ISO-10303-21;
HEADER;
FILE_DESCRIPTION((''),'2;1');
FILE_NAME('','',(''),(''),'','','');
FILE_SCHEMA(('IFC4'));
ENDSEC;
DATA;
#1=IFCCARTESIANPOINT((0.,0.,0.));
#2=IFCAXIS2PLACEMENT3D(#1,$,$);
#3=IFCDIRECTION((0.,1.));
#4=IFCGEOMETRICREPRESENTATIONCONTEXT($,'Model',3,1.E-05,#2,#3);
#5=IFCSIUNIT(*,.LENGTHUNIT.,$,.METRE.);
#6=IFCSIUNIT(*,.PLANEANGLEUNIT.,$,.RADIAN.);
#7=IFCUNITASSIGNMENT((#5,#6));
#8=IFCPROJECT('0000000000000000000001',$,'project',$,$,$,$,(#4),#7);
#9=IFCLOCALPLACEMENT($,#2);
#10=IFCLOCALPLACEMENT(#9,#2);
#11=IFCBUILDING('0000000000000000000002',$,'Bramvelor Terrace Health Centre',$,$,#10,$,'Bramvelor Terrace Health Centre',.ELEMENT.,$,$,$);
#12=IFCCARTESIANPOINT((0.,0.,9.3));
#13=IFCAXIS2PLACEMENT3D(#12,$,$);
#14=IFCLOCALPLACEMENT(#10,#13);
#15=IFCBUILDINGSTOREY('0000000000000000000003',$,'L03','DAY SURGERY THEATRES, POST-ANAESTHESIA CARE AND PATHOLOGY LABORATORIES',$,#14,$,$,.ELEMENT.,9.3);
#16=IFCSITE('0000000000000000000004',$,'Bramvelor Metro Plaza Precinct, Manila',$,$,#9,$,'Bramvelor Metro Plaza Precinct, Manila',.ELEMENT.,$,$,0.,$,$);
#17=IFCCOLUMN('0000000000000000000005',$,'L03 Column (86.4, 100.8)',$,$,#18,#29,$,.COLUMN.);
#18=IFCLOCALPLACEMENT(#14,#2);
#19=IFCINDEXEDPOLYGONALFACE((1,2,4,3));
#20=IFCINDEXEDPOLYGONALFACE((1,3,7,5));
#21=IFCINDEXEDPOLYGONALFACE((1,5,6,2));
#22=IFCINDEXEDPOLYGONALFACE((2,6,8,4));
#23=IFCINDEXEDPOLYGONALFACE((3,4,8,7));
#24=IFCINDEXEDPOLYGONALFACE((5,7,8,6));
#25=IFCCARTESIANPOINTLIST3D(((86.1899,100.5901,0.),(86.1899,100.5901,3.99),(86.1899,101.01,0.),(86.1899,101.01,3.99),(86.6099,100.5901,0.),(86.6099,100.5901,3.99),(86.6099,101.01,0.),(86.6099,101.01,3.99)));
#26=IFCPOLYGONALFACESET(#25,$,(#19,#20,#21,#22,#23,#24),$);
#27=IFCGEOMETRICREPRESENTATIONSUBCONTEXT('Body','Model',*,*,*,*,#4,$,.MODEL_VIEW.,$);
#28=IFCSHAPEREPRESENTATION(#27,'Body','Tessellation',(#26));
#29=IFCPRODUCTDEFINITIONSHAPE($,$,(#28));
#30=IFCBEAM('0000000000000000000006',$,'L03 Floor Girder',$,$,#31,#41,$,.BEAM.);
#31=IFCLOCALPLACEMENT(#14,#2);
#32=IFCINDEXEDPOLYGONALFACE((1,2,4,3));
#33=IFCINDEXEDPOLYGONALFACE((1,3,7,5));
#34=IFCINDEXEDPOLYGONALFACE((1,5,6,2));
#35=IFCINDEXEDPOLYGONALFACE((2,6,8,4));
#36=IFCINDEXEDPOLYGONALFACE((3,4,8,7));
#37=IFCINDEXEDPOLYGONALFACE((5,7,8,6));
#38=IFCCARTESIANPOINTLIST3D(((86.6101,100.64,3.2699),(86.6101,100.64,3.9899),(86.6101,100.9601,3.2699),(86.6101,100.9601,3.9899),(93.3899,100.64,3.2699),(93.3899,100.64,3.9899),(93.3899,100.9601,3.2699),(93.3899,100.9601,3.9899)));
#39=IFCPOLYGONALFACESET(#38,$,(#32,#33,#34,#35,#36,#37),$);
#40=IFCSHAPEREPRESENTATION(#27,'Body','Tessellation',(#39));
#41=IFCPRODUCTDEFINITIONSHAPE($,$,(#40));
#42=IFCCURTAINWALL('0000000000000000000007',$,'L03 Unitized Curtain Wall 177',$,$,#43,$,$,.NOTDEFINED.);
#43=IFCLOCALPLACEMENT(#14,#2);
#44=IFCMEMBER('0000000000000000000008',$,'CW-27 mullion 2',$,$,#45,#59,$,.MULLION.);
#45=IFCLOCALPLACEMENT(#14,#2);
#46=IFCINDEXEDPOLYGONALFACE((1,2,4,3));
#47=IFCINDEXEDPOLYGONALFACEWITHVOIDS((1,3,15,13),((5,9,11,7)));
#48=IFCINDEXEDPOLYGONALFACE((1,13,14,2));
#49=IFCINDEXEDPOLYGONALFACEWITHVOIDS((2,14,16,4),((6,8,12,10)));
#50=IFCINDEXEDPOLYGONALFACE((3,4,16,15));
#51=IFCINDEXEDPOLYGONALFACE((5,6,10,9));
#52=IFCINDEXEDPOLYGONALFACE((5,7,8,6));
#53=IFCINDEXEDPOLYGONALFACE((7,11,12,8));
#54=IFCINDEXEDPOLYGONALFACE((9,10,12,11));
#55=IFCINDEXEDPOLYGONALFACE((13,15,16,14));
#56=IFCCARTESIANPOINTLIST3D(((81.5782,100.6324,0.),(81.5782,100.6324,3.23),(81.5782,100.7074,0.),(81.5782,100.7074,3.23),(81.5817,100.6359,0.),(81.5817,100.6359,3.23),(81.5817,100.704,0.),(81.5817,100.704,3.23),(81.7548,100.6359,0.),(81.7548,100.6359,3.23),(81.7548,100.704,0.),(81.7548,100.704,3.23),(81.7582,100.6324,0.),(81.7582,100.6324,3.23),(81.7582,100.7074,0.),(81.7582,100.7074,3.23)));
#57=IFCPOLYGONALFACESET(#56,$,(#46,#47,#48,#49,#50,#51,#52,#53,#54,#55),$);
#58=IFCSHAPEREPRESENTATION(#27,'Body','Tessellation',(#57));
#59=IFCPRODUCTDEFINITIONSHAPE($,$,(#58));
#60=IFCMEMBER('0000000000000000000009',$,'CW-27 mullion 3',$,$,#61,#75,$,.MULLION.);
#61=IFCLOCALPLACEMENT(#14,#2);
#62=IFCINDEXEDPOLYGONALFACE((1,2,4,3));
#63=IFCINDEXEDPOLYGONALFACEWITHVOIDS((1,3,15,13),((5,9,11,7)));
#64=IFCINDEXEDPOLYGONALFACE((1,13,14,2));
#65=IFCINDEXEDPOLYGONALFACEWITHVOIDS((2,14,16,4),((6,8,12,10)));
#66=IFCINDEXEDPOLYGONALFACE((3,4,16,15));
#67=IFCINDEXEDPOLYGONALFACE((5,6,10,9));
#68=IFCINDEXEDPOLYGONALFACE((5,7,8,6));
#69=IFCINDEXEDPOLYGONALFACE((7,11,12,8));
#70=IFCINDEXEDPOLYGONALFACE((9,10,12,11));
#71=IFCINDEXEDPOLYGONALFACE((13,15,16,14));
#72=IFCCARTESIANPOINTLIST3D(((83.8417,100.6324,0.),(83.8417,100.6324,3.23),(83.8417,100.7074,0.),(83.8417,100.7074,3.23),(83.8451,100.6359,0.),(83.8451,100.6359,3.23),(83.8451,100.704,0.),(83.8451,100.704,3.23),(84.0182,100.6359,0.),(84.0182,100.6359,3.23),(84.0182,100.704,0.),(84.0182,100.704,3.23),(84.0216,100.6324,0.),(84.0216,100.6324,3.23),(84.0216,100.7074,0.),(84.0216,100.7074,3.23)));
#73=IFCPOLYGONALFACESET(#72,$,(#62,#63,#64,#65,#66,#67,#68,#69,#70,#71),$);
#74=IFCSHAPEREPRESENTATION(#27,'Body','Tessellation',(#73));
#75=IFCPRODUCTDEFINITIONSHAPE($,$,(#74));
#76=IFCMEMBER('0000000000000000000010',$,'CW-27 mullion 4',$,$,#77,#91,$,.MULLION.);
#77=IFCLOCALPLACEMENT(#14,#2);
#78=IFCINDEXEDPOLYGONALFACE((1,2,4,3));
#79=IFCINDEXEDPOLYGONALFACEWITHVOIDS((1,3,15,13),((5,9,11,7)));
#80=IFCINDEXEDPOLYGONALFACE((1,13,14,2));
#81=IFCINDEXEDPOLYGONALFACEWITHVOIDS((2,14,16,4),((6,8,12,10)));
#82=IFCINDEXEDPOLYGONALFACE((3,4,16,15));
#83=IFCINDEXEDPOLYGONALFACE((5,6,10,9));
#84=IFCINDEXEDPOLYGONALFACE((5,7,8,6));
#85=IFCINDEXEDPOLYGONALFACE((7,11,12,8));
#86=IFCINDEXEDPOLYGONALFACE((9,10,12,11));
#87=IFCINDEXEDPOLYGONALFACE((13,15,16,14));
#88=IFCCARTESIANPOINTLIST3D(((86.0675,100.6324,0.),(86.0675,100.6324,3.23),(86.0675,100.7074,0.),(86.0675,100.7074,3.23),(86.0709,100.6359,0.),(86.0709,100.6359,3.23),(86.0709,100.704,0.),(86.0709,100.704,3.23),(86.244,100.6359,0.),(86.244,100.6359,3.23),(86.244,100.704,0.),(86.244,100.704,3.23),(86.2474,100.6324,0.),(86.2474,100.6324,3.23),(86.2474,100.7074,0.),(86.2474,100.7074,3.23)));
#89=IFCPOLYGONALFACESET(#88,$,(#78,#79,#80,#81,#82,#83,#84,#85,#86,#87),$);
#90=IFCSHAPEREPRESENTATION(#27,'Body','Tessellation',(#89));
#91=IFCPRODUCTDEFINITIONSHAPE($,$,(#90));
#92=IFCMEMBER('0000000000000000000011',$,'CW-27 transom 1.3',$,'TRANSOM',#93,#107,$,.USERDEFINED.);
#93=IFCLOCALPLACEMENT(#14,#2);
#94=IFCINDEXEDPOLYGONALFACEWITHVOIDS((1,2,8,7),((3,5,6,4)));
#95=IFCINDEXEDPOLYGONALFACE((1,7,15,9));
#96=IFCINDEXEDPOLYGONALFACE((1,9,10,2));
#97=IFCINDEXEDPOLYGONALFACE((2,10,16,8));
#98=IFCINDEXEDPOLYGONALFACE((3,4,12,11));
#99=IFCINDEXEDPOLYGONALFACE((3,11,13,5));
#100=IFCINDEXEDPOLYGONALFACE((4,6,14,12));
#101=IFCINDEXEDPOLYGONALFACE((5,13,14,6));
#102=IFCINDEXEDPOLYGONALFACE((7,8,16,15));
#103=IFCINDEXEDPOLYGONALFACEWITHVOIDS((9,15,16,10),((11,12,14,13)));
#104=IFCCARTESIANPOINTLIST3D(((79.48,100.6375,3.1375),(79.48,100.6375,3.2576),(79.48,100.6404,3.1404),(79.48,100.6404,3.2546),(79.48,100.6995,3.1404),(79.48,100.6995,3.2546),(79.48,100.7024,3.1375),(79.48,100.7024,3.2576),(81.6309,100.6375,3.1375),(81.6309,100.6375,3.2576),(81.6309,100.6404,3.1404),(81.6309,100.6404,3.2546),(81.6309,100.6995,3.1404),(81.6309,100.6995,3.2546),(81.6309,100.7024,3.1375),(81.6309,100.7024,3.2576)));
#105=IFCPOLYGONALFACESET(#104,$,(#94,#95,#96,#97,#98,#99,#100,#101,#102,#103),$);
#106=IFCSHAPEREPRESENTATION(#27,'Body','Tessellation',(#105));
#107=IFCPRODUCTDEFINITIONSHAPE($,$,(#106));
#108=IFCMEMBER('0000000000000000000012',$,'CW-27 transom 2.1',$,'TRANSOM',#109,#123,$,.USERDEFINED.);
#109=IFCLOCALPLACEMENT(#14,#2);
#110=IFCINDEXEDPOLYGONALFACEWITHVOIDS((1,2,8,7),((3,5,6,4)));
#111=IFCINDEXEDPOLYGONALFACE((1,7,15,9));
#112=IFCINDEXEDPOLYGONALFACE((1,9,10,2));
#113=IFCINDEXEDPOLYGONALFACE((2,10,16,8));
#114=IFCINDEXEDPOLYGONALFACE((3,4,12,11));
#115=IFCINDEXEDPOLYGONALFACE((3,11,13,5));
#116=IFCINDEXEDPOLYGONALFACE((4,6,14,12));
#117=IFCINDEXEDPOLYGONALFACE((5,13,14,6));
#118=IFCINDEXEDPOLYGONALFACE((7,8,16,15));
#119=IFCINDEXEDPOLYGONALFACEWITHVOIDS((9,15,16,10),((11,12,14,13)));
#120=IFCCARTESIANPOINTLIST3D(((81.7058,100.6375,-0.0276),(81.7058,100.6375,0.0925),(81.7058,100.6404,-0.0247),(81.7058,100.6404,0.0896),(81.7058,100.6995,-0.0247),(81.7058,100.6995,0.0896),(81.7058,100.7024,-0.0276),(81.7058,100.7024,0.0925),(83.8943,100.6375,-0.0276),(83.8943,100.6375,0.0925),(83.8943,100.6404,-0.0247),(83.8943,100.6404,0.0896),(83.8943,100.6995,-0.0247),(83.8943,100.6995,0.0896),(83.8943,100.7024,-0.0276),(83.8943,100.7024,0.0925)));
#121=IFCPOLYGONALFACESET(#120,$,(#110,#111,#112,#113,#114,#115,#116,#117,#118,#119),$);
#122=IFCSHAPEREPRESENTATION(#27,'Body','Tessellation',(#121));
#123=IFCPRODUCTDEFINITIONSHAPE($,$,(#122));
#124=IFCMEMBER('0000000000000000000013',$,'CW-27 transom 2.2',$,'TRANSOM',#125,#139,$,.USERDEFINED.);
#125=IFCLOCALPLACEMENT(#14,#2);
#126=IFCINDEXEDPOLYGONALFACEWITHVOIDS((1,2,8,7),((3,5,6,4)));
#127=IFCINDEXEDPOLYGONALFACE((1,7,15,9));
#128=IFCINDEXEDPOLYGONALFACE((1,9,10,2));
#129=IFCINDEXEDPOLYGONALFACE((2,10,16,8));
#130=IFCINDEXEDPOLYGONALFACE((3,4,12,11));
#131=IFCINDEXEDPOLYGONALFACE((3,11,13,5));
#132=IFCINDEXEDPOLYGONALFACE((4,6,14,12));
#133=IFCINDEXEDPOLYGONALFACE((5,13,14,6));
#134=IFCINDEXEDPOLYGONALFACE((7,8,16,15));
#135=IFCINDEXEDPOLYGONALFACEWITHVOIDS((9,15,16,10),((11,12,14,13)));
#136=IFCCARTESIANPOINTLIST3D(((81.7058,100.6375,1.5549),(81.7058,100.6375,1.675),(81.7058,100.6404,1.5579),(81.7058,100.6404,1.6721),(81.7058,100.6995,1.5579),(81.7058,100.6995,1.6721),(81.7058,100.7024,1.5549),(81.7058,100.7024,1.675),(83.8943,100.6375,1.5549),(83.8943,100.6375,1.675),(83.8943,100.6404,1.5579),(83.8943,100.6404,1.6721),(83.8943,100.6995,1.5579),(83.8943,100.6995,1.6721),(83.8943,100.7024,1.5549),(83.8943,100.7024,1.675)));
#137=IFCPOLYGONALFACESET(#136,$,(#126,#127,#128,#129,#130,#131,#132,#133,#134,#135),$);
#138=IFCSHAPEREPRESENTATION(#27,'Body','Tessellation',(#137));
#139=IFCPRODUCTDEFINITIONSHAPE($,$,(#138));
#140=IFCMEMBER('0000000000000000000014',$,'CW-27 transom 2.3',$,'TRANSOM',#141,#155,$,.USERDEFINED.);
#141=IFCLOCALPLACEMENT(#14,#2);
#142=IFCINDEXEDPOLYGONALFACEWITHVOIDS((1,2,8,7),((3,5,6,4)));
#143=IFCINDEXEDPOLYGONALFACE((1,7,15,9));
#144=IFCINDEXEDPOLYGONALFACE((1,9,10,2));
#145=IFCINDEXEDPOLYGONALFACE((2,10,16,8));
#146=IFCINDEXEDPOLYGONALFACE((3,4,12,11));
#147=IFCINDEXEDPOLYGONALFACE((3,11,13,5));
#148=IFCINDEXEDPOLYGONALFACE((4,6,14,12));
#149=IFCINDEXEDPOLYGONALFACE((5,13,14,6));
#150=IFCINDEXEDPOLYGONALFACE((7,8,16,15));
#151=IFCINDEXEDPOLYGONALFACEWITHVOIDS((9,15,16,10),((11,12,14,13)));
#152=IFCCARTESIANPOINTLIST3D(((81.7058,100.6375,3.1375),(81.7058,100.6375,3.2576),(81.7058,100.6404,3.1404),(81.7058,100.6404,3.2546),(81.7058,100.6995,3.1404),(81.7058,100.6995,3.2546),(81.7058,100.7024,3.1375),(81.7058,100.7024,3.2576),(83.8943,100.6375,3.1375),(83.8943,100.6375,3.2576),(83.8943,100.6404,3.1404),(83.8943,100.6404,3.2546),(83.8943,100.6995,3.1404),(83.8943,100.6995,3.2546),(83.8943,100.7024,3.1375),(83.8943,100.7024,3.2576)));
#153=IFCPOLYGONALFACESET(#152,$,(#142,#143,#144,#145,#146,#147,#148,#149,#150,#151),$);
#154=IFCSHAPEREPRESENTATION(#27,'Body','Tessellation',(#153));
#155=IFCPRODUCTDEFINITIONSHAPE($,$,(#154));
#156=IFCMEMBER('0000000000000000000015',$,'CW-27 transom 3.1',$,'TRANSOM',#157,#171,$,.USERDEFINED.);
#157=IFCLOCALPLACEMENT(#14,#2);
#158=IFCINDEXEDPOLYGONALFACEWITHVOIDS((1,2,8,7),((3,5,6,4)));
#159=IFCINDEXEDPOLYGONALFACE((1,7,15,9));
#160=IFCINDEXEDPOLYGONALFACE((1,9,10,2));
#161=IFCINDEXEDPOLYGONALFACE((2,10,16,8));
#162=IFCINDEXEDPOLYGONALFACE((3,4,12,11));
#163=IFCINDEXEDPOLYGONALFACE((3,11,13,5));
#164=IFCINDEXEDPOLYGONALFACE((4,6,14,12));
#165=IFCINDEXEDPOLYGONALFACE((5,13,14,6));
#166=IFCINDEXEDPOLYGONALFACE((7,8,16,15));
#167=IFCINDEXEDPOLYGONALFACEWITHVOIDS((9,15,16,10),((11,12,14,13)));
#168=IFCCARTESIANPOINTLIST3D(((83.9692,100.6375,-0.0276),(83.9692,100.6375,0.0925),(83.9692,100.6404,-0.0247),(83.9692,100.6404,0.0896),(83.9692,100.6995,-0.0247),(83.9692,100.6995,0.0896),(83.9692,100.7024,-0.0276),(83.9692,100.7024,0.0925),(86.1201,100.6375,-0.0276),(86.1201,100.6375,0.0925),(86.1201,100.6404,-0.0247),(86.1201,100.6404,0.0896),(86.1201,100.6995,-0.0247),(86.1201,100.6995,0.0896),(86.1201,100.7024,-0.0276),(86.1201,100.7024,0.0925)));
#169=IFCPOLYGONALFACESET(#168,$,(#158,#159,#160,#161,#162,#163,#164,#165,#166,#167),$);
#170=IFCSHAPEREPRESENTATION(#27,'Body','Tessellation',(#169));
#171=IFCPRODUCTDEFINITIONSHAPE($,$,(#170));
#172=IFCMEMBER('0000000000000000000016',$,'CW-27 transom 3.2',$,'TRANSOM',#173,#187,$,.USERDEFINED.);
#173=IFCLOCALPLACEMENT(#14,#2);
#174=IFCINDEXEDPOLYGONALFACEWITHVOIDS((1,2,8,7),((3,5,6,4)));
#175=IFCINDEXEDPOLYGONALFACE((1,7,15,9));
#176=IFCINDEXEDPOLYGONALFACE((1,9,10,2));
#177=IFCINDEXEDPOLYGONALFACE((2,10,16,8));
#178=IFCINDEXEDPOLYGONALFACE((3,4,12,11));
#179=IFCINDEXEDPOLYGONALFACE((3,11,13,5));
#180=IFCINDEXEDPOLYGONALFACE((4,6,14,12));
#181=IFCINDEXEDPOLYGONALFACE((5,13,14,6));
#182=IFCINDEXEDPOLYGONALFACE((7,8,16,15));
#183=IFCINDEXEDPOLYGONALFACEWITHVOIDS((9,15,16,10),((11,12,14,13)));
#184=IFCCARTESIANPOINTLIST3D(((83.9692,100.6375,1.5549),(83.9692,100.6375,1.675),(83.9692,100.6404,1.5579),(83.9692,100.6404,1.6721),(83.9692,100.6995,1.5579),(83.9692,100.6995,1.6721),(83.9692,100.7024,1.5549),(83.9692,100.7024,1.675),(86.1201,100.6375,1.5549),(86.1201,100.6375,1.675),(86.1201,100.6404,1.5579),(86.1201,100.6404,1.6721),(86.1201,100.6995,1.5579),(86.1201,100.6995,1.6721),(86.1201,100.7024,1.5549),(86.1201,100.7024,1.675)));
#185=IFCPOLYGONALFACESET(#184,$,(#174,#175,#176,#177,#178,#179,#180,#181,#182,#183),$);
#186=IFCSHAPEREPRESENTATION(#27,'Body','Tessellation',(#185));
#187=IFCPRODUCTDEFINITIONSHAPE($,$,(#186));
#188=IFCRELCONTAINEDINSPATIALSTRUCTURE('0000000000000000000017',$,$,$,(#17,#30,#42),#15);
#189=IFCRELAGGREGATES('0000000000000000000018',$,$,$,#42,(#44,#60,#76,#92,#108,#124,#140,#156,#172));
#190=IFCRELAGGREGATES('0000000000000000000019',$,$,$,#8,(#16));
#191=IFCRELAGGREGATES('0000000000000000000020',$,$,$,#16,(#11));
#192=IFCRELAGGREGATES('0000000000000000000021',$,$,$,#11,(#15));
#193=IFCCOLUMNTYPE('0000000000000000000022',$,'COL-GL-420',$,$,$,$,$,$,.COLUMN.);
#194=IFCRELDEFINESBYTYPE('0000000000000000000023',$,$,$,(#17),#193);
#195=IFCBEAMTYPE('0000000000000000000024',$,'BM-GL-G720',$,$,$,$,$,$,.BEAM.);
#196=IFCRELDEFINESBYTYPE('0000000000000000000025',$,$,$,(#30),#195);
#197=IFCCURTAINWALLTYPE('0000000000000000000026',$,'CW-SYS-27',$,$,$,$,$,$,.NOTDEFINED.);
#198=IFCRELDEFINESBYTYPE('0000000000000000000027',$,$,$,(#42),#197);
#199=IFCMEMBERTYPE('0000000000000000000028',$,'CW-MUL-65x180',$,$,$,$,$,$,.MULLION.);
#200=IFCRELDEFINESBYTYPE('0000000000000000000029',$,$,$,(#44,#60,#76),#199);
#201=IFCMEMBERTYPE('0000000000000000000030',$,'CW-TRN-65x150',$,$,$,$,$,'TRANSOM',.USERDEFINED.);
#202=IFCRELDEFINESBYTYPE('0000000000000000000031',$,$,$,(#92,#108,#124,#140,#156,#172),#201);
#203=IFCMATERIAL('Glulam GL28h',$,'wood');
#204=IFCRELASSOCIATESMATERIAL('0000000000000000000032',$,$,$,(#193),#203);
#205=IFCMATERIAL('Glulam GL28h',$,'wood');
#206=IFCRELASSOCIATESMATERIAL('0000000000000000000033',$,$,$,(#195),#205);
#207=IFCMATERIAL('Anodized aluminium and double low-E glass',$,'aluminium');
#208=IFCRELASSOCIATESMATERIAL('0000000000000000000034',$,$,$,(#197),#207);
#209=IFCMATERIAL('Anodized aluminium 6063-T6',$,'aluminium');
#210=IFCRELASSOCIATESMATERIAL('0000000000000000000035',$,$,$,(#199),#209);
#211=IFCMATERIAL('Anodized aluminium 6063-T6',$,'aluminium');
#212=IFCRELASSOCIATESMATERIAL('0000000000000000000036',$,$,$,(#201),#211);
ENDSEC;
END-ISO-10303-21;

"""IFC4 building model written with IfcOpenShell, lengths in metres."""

from ifc_helpers import new_model, si_unit, direction, frame, origin, origin_2d, place, context, subcontext, project, spatial, rectangle, hollow_rectangle, extrude, material, material_profile, profile_set, type_object, element, aggregate, save


model = new_model("IFC4")

# Units and contexts
model_context = context("Model", 3, precision=1e-05, world=origin(), true_north=direction((0.0, 1.0)))
body_context = subcontext(model_context, "Body", "Model", "MODEL_VIEW")
ifc_project = project(units=[si_unit("LENGTHUNIT", "METRE"), si_unit("PLANEANGLEUNIT", "RADIAN")], contexts=[model_context])

# Site, building, storey
site_placement = place(None, origin())
site = spatial("IfcSite", under=ifc_project, at=site_placement, Name="Bramvelor Metro Plaza Precinct, Manila", LongName="Bramvelor Metro Plaza Precinct, Manila", CompositionType="ELEMENT", RefElevation=0.0)
building_placement = place(site_placement, origin())
building = spatial("IfcBuilding", under=site, at=building_placement, Name="Bramvelor Terrace Health Centre", LongName="Bramvelor Terrace Health Centre", CompositionType="ELEMENT")
storey_placement = place(building_placement, frame((0.0, 0.0, 9.3)))
storey = spatial("IfcBuildingStorey", under=building, at=storey_placement, Name="L03", Description="DAY SURGERY THEATRES, POST-ANAESTHESIA CARE AND PATHOLOGY LABORATORIES", CompositionType="ELEMENT", Elevation=9.3)

# Column
ifc_material_1 = material(Name="Glulam GL28h", Category="wood")
ifc_material_profile_1 = material_profile(ifc_material_1, rectangle(XDim=0.4199, YDim=0.4199, at=origin_2d()), Name="GL 420x420")
ifc_profile_set_1 = profile_set([ifc_material_profile_1], Name="Glulam GL28h")
column_type = type_object("IfcColumnType", Name="COL-GL-420", PredefinedType="COLUMN", material=ifc_profile_set_1)
column_placement = place(storey_placement, frame((86.3999, 100.8, 0.0), z_axis=(0.0, 0.0, 1.0), x_axis=(1.0, 0.0, 0.0)))
element("IfcColumn", 1, at=column_placement, inside=storey, type_object=column_type, Name="L03 Column (86.4, 100.8)", PredefinedType="COLUMN", context=body_context, shape_type="SweptSolid", body=[
    extrude(rectangle(XDim=0.4199, YDim=0.4199, at=origin_2d()), origin(), (0.0, 0.0, 1.0), 3.99),
])

# Beam
ifc_material_2 = material(Name="Glulam GL28h", Category="wood")
ifc_material_profile_2 = material_profile(ifc_material_2, rectangle(XDim=0.3201, YDim=0.72, at=origin_2d()), Name="GL 320x720")
ifc_profile_set_2 = profile_set([ifc_material_profile_2], Name="Glulam GL28h")
beam_type = type_object("IfcBeamType", Name="BM-GL-G720", PredefinedType="BEAM", material=ifc_profile_set_2)
beam_placement = place(storey_placement, frame((86.6101, 100.8, 3.6299), z_axis=(1.0, 0.0, 0.0), x_axis=(0.0, 1.0, 0.0)))
element("IfcBeam", 2, at=beam_placement, inside=storey, type_object=beam_type, Name="L03 Floor Girder", PredefinedType="BEAM", context=body_context, shape_type="SweptSolid", body=[
    extrude(rectangle(XDim=0.3201, YDim=0.72, at=origin_2d()), origin(), (0.0, 0.0, 1.0), 6.7798),
])

# Curtain wall, members
ifc_material_3 = material(Name="Anodized aluminium and double low-E glass", Category="aluminium")
curtain_wall_type = type_object("IfcCurtainWallType", Name="CW-SYS-27", PredefinedType="NOTDEFINED", material=ifc_material_3)
curtain_wall_placement = place(storey_placement, origin())
curtain_wall = element("IfcCurtainWall", 3, at=curtain_wall_placement, inside=storey, type_object=curtain_wall_type, Name="L03 Unitized Curtain Wall 177", PredefinedType="NOTDEFINED")
ifc_material_4 = material(Name="Anodized aluminium 6063-T6", Category="aluminium")
ifc_material_profile_3 = material_profile(ifc_material_4, hollow_rectangle(XDim=0.075, YDim=0.1799, WallThickness=0.0034, at=origin_2d()), Name="ALU-MUL 75x180x3.5")
ifc_profile_set_3 = profile_set([ifc_material_profile_3], Name="Anodized aluminium 6063-T6")
member_type_1 = type_object("IfcMemberType", Name="CW-MUL-65x180", PredefinedType="MULLION", material=ifc_profile_set_3)
member_1_placement = place(storey_placement, frame((81.6682, 100.6699, 0.0), z_axis=(0.0, 0.0, 1.0), x_axis=(0.0, 1.0, 0.0)))
member_1 = element("IfcMember", 4, at=member_1_placement, type_object=member_type_1, Name="CW-27 mullion 2", PredefinedType="MULLION", context=body_context, shape_type="SweptSolid", body=[
    extrude(hollow_rectangle(XDim=0.075, YDim=0.1799, WallThickness=0.0034, at=origin_2d()), origin(), (0.0, 0.0, 1.0), 3.23),
])
member_2_placement = place(storey_placement, frame((83.9316, 100.6699, 0.0), z_axis=(0.0, 0.0, 1.0), x_axis=(0.0, 1.0, 0.0)))
member_2 = element("IfcMember", 5, at=member_2_placement, type_object=member_type_1, Name="CW-27 mullion 3", PredefinedType="MULLION", context=body_context, shape_type="SweptSolid", body=[
    extrude(hollow_rectangle(XDim=0.075, YDim=0.1799, WallThickness=0.0034, at=origin_2d()), origin(), (0.0, 0.0, 1.0), 3.23),
])
member_3_placement = place(storey_placement, frame((86.1575, 100.6699, 0.0), z_axis=(0.0, 0.0, 1.0), x_axis=(0.0, 1.0, 0.0)))
member_3 = element("IfcMember", 6, at=member_3_placement, type_object=member_type_1, Name="CW-27 mullion 4", PredefinedType="MULLION", context=body_context, shape_type="SweptSolid", body=[
    extrude(hollow_rectangle(XDim=0.075, YDim=0.1799, WallThickness=0.0034, at=origin_2d()), origin(), (0.0, 0.0, 1.0), 3.23),
])
ifc_material_5 = material(Name="Anodized aluminium 6063-T6", Category="aluminium")
ifc_material_profile_4 = material_profile(ifc_material_5, hollow_rectangle(XDim=0.0649, YDim=0.1201, WallThickness=0.0029, at=origin_2d()), Name="ALU-TRN 65x120x3.0")
ifc_profile_set_4 = profile_set([ifc_material_profile_4], Name="Anodized aluminium 6063-T6")
member_type_2 = type_object("IfcMemberType", Name="CW-TRN-65x150", ElementType="TRANSOM", PredefinedType="USERDEFINED", material=ifc_profile_set_4)
member_4_placement = place(storey_placement, frame((79.48, 100.6699, 3.1975), z_axis=(1.0, 0.0, 0.0), x_axis=(0.0, 1.0, 0.0)))
member_4 = element("IfcMember", 7, at=member_4_placement, type_object=member_type_2, Name="CW-27 transom 1.3", ObjectType="TRANSOM", PredefinedType="USERDEFINED", context=body_context, shape_type="SweptSolid", body=[
    extrude(hollow_rectangle(XDim=0.0649, YDim=0.1201, WallThickness=0.0029, at=origin_2d()), origin(), (0.0, 0.0, 1.0), 2.1509),
])
member_5_placement = place(storey_placement, frame((81.7058, 100.6699, 0.0325), z_axis=(1.0, 0.0, 0.0), x_axis=(0.0, 1.0, 0.0)))
member_5 = element("IfcMember", 8, at=member_5_placement, type_object=member_type_2, Name="CW-27 transom 2.1", ObjectType="TRANSOM", PredefinedType="USERDEFINED", context=body_context, shape_type="SweptSolid", body=[
    extrude(hollow_rectangle(XDim=0.0649, YDim=0.1201, WallThickness=0.0029, at=origin_2d()), origin(), (0.0, 0.0, 1.0), 2.1885),
])
member_6_placement = place(storey_placement, frame((81.7058, 100.6699, 1.615), z_axis=(1.0, 0.0, 0.0), x_axis=(0.0, 1.0, 0.0)))
member_6 = element("IfcMember", 9, at=member_6_placement, type_object=member_type_2, Name="CW-27 transom 2.2", ObjectType="TRANSOM", PredefinedType="USERDEFINED", context=body_context, shape_type="SweptSolid", body=[
    extrude(hollow_rectangle(XDim=0.0649, YDim=0.1201, WallThickness=0.0029, at=origin_2d()), origin(), (0.0, 0.0, 1.0), 2.1885),
])
member_7_placement = place(storey_placement, frame((81.7058, 100.6699, 3.1975), z_axis=(1.0, 0.0, 0.0), x_axis=(0.0, 1.0, 0.0)))
member_7 = element("IfcMember", 10, at=member_7_placement, type_object=member_type_2, Name="CW-27 transom 2.3", ObjectType="TRANSOM", PredefinedType="USERDEFINED", context=body_context, shape_type="SweptSolid", body=[
    extrude(hollow_rectangle(XDim=0.0649, YDim=0.1201, WallThickness=0.0029, at=origin_2d()), origin(), (0.0, 0.0, 1.0), 2.1885),
])
member_8_placement = place(storey_placement, frame((83.9692, 100.6699, 0.0325), z_axis=(1.0, 0.0, 0.0), x_axis=(0.0, 1.0, 0.0)))
member_8 = element("IfcMember", 11, at=member_8_placement, type_object=member_type_2, Name="CW-27 transom 3.1", ObjectType="TRANSOM", PredefinedType="USERDEFINED", context=body_context, shape_type="SweptSolid", body=[
    extrude(hollow_rectangle(XDim=0.0649, YDim=0.1201, WallThickness=0.0029, at=origin_2d()), origin(), (0.0, 0.0, 1.0), 2.1509),
])
member_9_placement = place(storey_placement, frame((83.9692, 100.6699, 1.615), z_axis=(1.0, 0.0, 0.0), x_axis=(0.0, 1.0, 0.0)))
member_9 = element("IfcMember", 12, at=member_9_placement, type_object=member_type_2, Name="CW-27 transom 3.2", ObjectType="TRANSOM", PredefinedType="USERDEFINED", context=body_context, shape_type="SweptSolid", body=[
    extrude(hollow_rectangle(XDim=0.0649, YDim=0.1201, WallThickness=0.0029, at=origin_2d()), origin(), (0.0, 0.0, 1.0), 2.1509),
])
aggregate(curtain_wall, [member_1, member_2, member_3, member_4, member_5, member_6, member_7, member_8, member_9])

save(model, "model.ifc")
